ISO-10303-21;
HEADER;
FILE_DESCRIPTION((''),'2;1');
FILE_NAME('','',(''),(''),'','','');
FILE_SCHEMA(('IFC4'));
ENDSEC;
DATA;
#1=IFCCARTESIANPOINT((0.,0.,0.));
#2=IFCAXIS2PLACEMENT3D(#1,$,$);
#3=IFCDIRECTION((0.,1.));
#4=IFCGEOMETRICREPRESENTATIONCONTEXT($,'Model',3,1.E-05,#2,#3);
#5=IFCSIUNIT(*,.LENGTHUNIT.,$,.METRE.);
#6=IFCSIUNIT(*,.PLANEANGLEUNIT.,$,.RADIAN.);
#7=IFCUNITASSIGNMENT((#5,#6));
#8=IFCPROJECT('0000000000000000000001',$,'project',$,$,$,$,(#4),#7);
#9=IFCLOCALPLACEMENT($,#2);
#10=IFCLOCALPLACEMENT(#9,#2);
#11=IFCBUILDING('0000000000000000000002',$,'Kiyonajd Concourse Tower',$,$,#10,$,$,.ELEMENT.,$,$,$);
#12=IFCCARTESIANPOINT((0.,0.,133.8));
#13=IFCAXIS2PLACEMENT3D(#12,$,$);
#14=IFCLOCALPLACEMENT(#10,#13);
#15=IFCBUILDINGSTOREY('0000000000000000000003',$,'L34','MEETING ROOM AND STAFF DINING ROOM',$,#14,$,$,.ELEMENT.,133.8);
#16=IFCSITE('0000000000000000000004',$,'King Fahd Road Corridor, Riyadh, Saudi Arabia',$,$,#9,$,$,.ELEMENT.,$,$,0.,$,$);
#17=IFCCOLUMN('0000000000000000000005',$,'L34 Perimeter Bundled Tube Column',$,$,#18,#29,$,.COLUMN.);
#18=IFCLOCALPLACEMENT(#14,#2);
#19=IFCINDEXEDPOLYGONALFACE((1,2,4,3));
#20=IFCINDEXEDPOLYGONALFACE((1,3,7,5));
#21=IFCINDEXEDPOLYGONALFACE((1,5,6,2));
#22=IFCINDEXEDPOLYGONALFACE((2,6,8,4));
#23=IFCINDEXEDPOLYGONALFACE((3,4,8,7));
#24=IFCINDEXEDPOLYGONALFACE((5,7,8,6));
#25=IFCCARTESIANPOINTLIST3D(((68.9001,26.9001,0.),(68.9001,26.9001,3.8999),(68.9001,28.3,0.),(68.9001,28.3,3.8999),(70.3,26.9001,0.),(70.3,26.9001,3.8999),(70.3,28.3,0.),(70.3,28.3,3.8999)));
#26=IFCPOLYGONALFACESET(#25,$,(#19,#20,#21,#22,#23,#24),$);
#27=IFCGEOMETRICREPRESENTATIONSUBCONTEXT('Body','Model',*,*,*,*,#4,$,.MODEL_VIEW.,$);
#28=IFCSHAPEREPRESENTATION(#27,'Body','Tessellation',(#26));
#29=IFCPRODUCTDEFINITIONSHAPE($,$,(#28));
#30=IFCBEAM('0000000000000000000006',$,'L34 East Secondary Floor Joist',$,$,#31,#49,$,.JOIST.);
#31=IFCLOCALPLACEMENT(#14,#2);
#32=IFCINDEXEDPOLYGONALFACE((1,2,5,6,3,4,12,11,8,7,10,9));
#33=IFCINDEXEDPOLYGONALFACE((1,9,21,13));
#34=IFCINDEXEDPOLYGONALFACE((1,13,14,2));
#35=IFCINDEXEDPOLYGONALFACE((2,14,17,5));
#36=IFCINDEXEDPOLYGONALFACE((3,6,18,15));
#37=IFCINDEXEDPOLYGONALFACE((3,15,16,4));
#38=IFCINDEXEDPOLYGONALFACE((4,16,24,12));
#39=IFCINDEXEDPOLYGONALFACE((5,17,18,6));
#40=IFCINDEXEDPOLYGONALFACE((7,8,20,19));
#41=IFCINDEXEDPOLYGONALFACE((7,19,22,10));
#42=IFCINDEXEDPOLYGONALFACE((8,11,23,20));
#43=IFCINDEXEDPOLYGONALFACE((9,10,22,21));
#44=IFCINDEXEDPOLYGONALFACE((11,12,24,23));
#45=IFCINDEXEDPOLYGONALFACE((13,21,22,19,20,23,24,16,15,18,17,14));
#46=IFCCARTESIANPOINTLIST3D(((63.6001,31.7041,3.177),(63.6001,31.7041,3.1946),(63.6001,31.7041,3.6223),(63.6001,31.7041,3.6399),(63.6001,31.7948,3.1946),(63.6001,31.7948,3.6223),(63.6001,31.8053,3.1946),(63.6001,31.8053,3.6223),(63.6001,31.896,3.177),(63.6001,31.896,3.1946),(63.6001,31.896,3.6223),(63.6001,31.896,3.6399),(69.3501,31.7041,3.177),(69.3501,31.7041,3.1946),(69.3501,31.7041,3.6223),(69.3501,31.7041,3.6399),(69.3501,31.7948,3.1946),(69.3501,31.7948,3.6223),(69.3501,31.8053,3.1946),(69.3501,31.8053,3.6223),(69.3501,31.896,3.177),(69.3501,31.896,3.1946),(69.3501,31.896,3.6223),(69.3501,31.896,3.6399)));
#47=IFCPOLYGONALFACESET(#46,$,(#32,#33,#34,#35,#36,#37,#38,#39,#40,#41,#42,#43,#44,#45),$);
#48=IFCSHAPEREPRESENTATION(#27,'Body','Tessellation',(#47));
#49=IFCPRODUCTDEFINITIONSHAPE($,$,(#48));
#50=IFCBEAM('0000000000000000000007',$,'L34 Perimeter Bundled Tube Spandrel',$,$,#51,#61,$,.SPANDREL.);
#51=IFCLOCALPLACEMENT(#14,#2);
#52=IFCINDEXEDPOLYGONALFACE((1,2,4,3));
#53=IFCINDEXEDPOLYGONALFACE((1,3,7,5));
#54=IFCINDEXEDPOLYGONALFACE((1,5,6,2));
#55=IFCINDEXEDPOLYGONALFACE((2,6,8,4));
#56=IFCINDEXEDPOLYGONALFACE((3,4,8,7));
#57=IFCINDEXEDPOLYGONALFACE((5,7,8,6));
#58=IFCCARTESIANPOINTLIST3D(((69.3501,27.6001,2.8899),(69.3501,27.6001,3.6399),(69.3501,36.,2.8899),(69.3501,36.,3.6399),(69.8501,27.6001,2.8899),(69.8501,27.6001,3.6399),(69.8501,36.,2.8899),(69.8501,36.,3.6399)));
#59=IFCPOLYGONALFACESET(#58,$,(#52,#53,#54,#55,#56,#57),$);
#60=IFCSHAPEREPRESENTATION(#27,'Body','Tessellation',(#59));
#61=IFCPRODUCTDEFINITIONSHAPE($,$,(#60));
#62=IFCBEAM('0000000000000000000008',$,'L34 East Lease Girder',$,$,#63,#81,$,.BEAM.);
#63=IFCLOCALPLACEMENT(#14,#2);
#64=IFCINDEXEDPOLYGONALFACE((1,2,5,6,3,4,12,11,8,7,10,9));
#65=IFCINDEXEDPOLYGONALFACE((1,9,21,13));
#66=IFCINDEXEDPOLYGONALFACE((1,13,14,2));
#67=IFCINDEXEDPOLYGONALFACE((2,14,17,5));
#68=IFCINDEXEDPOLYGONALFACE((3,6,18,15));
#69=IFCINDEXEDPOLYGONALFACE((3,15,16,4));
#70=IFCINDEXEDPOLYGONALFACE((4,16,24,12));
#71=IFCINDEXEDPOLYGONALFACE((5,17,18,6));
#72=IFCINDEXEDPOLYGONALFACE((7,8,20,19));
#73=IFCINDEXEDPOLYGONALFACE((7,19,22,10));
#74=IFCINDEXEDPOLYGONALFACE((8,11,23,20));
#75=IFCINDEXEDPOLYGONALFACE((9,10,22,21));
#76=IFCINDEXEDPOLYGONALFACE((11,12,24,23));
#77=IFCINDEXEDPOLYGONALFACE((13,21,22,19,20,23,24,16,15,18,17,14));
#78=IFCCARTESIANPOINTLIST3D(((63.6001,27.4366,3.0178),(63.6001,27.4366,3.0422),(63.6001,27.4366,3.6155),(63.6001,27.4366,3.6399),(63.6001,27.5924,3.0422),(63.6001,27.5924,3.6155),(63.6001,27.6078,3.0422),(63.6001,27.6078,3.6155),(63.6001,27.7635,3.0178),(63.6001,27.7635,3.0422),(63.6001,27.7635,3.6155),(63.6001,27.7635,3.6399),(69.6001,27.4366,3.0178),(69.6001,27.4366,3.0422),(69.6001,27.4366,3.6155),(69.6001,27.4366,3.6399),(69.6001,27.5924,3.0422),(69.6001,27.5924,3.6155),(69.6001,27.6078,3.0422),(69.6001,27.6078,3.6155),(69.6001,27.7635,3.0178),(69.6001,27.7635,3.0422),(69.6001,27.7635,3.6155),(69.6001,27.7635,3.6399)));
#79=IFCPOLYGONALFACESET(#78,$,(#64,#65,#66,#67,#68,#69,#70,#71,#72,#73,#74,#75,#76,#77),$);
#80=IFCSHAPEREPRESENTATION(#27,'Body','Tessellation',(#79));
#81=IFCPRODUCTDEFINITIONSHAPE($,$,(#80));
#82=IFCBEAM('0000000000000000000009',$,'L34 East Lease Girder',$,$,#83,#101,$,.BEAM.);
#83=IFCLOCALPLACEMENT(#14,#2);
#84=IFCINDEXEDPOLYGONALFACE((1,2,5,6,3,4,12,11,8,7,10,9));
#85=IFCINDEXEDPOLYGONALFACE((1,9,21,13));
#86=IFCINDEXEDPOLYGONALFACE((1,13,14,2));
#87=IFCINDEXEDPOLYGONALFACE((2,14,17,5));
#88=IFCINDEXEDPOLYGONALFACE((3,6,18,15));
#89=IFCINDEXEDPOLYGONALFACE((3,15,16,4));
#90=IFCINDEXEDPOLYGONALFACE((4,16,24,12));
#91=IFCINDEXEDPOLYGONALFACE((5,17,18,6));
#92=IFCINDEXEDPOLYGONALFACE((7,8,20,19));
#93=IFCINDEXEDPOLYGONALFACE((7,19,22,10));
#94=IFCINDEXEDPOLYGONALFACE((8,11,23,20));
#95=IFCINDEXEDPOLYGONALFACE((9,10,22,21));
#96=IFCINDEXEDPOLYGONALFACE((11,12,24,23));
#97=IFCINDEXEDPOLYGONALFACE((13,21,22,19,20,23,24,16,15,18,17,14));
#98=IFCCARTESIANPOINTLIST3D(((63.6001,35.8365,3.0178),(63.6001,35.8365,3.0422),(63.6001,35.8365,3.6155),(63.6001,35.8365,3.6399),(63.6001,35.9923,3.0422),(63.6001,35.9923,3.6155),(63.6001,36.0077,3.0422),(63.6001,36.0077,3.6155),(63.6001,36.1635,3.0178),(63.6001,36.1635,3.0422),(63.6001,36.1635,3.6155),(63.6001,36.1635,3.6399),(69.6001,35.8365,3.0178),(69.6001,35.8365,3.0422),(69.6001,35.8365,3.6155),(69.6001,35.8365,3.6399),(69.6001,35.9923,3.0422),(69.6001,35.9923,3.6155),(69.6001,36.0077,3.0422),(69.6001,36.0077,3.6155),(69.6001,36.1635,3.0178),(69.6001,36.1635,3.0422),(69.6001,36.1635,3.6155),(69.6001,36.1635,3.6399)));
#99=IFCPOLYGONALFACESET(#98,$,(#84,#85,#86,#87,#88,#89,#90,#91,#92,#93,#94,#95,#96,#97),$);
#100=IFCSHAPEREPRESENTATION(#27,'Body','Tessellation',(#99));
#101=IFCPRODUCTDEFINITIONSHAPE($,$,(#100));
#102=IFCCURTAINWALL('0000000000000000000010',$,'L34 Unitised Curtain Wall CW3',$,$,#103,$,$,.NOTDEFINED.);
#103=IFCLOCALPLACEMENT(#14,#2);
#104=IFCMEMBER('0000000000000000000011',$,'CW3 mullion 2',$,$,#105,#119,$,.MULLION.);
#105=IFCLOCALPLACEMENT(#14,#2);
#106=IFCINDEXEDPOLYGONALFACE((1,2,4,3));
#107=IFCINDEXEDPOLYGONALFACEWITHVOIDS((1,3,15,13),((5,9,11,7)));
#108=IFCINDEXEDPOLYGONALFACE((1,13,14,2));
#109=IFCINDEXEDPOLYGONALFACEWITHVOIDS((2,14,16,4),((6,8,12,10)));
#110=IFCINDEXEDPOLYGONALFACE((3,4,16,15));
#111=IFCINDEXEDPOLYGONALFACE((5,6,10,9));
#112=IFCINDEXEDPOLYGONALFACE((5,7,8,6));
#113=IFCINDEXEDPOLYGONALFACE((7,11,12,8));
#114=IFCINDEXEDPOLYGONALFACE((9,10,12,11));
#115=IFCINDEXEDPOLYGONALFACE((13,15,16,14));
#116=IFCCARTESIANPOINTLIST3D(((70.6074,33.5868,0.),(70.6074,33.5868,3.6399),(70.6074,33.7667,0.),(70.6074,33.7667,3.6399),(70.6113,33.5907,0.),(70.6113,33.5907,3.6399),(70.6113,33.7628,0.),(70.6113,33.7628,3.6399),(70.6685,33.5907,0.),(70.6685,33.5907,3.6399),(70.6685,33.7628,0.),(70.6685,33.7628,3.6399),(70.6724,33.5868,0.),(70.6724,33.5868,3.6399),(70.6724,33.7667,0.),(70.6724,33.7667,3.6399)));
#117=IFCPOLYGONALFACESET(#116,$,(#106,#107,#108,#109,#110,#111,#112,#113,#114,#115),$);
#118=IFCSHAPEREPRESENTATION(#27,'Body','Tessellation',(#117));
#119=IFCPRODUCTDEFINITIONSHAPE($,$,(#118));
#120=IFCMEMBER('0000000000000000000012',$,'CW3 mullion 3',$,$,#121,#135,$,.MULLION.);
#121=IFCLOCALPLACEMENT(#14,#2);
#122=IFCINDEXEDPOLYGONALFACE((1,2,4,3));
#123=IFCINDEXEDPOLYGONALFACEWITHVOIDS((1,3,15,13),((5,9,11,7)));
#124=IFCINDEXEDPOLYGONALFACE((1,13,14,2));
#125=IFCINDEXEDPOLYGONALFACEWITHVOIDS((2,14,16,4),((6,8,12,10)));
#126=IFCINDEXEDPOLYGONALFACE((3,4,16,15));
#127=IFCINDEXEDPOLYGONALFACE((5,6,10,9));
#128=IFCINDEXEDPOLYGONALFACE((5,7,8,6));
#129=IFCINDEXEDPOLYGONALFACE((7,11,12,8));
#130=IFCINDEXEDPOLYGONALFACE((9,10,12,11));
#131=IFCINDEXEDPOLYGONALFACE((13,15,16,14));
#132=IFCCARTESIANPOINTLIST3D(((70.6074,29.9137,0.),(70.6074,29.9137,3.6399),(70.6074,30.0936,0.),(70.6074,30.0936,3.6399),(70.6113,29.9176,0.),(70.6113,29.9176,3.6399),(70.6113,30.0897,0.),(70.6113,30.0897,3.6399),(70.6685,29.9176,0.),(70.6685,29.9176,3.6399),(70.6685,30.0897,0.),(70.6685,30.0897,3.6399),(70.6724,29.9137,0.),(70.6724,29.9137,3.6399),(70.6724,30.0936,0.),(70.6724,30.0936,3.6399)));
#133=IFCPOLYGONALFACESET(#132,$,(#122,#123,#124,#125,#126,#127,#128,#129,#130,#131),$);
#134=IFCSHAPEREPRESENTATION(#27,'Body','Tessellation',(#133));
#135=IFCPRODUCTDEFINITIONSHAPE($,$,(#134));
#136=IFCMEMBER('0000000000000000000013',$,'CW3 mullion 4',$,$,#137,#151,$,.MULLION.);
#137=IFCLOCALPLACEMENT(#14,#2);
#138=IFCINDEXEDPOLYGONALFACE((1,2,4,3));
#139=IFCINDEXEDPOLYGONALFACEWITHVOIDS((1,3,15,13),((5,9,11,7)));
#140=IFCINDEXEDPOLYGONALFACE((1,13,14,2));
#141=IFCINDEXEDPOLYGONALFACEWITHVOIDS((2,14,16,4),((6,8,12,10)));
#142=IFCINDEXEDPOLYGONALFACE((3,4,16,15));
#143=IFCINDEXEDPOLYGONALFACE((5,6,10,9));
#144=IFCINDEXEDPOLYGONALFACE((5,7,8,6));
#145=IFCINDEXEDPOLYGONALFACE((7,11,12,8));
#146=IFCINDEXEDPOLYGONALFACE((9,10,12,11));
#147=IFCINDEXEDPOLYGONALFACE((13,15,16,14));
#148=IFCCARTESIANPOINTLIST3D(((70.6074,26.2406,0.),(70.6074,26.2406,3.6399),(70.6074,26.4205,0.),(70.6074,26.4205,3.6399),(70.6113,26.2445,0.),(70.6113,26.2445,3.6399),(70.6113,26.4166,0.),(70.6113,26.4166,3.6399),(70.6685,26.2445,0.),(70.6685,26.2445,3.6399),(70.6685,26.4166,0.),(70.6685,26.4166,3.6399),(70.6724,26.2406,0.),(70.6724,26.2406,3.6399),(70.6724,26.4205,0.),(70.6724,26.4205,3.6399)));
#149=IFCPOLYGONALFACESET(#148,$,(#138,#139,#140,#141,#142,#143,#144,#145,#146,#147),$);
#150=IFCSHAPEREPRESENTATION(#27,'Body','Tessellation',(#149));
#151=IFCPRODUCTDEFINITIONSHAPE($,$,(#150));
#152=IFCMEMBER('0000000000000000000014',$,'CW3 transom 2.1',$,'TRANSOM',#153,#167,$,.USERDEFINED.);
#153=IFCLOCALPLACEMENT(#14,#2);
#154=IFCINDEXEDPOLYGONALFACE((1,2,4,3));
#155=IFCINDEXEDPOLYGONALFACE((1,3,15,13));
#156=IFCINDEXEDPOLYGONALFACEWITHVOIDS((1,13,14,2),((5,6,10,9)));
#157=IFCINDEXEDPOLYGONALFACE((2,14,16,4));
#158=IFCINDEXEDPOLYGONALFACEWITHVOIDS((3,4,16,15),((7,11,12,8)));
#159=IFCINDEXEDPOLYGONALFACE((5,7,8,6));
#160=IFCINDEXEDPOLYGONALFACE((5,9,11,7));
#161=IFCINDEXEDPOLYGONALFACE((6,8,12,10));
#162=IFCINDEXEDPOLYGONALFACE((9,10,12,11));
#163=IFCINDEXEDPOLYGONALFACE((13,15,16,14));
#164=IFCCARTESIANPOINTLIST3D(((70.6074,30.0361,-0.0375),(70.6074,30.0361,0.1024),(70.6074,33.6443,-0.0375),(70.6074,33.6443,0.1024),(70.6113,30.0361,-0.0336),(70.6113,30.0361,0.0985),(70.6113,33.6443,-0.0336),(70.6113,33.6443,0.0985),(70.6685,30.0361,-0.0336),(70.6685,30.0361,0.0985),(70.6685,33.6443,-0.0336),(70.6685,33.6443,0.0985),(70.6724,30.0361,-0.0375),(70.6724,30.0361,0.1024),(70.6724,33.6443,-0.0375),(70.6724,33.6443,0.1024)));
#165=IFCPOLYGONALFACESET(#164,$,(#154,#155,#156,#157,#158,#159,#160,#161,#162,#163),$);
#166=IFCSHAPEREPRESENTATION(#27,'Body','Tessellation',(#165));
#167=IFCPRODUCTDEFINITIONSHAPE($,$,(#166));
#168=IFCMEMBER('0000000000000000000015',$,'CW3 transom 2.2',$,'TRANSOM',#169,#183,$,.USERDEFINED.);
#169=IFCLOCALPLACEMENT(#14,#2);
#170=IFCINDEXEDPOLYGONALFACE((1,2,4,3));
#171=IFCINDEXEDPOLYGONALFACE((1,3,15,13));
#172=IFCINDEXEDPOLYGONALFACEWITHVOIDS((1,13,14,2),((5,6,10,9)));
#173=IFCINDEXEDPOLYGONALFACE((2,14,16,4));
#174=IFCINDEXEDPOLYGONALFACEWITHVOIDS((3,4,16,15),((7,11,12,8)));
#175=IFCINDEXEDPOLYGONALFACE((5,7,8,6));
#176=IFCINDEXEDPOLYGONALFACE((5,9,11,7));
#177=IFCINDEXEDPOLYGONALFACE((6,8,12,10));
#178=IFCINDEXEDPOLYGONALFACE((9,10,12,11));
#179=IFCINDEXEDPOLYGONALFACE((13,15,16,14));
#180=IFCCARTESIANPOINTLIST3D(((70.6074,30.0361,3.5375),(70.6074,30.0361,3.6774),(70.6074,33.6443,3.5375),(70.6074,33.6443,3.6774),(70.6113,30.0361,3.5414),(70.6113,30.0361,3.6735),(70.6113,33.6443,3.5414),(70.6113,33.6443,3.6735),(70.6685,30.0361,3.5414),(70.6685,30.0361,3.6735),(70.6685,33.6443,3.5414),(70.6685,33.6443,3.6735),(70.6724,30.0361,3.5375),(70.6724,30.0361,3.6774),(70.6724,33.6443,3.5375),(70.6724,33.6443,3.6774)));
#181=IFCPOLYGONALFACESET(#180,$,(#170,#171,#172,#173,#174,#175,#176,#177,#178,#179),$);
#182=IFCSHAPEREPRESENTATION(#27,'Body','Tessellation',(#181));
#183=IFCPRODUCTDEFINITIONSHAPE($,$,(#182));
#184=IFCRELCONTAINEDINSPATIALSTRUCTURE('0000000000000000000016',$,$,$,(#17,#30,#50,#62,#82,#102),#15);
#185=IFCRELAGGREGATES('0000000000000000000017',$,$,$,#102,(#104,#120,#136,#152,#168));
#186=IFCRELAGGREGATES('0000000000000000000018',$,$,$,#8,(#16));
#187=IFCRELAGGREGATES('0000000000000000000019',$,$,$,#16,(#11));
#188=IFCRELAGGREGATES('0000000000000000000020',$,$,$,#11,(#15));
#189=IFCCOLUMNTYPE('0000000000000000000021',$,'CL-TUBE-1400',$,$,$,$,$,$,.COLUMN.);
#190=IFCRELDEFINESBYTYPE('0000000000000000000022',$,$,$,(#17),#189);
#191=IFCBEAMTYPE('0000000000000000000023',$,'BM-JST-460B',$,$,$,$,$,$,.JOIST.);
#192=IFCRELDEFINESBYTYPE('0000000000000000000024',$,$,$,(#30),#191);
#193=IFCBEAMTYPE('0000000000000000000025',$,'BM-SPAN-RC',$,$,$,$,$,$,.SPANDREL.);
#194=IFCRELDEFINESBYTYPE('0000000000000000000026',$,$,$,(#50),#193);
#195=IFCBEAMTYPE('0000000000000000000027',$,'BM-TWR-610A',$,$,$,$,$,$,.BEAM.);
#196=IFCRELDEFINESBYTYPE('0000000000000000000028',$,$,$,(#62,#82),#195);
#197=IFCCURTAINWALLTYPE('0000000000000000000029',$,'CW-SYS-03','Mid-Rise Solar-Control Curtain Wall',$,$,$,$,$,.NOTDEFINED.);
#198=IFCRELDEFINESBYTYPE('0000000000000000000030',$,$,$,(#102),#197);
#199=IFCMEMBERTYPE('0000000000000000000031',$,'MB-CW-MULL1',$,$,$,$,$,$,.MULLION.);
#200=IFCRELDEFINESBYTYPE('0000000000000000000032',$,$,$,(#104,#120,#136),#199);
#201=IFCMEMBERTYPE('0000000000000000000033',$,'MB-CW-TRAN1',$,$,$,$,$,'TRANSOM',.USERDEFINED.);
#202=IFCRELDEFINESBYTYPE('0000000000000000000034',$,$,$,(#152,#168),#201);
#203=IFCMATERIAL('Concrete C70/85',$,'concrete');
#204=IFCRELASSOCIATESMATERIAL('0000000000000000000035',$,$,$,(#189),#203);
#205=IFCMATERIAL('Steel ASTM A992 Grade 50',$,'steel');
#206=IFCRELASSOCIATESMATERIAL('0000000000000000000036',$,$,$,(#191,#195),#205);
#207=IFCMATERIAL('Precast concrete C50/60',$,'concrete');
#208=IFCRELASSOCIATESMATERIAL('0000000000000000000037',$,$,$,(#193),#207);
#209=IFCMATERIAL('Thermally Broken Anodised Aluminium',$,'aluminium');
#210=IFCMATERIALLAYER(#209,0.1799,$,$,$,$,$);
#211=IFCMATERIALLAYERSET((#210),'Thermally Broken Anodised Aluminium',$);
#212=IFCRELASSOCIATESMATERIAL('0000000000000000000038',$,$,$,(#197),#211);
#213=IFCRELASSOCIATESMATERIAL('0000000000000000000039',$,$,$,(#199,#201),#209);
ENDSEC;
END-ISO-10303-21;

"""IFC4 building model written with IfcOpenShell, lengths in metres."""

from ifc_helpers import new_model, si_unit, direction, frame, origin, origin_2d, place, context, subcontext, project, spatial, rectangle, hollow_rectangle, i_section, extrude, material, layer, layer_set, material_profile, profile_set, type_object, element, aggregate, save


model = new_model("IFC4")

# Units and contexts
model_context = context("Model", 3, precision=1e-05, world=origin(), true_north=direction((0.0, 1.0)))
body_context = subcontext(model_context, "Body", "Model", "MODEL_VIEW")
ifc_project = project(units=[si_unit("LENGTHUNIT", "METRE"), si_unit("PLANEANGLEUNIT", "RADIAN")], contexts=[model_context])

# Site, building, storey
site_placement = place(None, origin())
site = spatial("IfcSite", under=ifc_project, at=site_placement, Name="King Fahd Road Corridor, Riyadh, Saudi Arabia", CompositionType="ELEMENT", RefElevation=0.0)
building_placement = place(site_placement, origin())
building = spatial("IfcBuilding", under=site, at=building_placement, Name="Kiyonajd Concourse Tower", CompositionType="ELEMENT")
storey_placement = place(building_placement, frame((0.0, 0.0, 133.8)))
storey = spatial("IfcBuildingStorey", under=building, at=storey_placement, Name="L34", Description="MEETING ROOM AND STAFF DINING ROOM", CompositionType="ELEMENT", Elevation=133.8)

# Column
ifc_material_1 = material(Name="Concrete C70/85", Category="concrete")
ifc_material_profile_1 = material_profile(ifc_material_1, rectangle(XDim=1.3999, YDim=1.3999, at=origin_2d()), Name="RC-1400x1400")
ifc_profile_set_1 = profile_set([ifc_material_profile_1], Name="Concrete C70/85")
column_type = type_object("IfcColumnType", Name="CL-TUBE-1400", PredefinedType="COLUMN", material=ifc_profile_set_1)
column_placement = place(storey_placement, frame((69.6001, 27.6001, 0.0), z_axis=(0.0, 0.0, 1.0), x_axis=(1.0, 0.0, 0.0)))
element("IfcColumn", 1, at=column_placement, inside=storey, type_object=column_type, Name="L34 Perimeter Bundled Tube Column", PredefinedType="COLUMN", context=body_context, shape_type="SweptSolid", body=[
    extrude(rectangle(XDim=1.3999, YDim=1.3999, at=origin_2d()), origin(), (0.0, 0.0, 1.0), 3.8999),
])

# Beams
ifc_material_2 = material(Name="Steel ASTM A992 Grade 50", Category="steel")
ifc_material_profile_2 = material_profile(ifc_material_2, i_section(OverallWidth=0.1919, OverallDepth=0.4629, WebThickness=0.0105, FlangeThickness=0.0176, at=origin_2d()), Name="W460X89")
ifc_profile_set_2 = profile_set([ifc_material_profile_2], Name="Steel ASTM A992 Grade 50")
beam_type_1 = type_object("IfcBeamType", Name="BM-JST-460B", PredefinedType="JOIST", material=ifc_profile_set_2)
beam_1_placement = place(storey_placement, frame((63.6001, 31.8, 3.4084), z_axis=(1.0, 0.0, 0.0), x_axis=(0.0, 1.0, 0.0)))
element("IfcBeam", 2, at=beam_1_placement, inside=storey, type_object=beam_type_1, Name="L34 East Secondary Floor Joist", PredefinedType="JOIST", context=body_context, shape_type="SweptSolid", body=[
    extrude(i_section(OverallWidth=0.1919, OverallDepth=0.4629, WebThickness=0.0105, FlangeThickness=0.0176, at=origin_2d()), origin(), (0.0, 0.0, 1.0), 5.75),
])
ifc_material_3 = material(Name="Precast concrete C50/60", Category="concrete")
ifc_material_profile_3 = material_profile(ifc_material_3, rectangle(XDim=0.5, YDim=0.75, at=origin_2d()), Name="RCBM-500x750")
ifc_profile_set_3 = profile_set([ifc_material_profile_3], Name="Precast concrete C50/60")
beam_type_2 = type_object("IfcBeamType", Name="BM-SPAN-RC", PredefinedType="SPANDREL", material=ifc_profile_set_3)
beam_2_placement = place(storey_placement, frame((69.6001, 27.6001, 3.2649), z_axis=(0.0, 1.0, 0.0), x_axis=(-1.0, 0.0, 0.0)))
element("IfcBeam", 3, at=beam_2_placement, inside=storey, type_object=beam_type_2, Name="L34 Perimeter Bundled Tube Spandrel", PredefinedType="SPANDREL", context=body_context, shape_type="SweptSolid", body=[
    extrude(rectangle(XDim=0.5, YDim=0.75, at=origin_2d()), origin(), (0.0, 0.0, 1.0), 8.3999),
])
ifc_material_profile_4 = material_profile(ifc_material_2, i_section(OverallWidth=0.3269, OverallDepth=0.6221, WebThickness=0.0154, FlangeThickness=0.0244, at=origin_2d()), Name="W610X195")
ifc_profile_set_4 = profile_set([ifc_material_profile_4], Name="Steel ASTM A992 Grade 50")
beam_type_3 = type_object("IfcBeamType", Name="BM-TWR-610A", PredefinedType="BEAM", material=ifc_profile_set_4)
for number, where, z_axis, x_axis, name in (
    (4, (63.6001, 27.6001, 3.3289), (1.0, 0.0, 0.0), (0.0, 1.0, 0.0), "L34 East Lease Girder"),
    (5, (63.6001, 36.0, 3.3289), (1.0, 0.0, 0.0), (0.0, 1.0, 0.0), "L34 East Lease Girder"),
):
    element("IfcBeam", number, at=place(storey_placement, frame(where, z_axis=z_axis, x_axis=x_axis)), inside=storey, type_object=beam_type_3, Name=name, PredefinedType="BEAM", context=body_context, shape_type="SweptSolid", body=[
        extrude(i_section(OverallWidth=0.3269, OverallDepth=0.6221, WebThickness=0.0154, FlangeThickness=0.0244, at=origin_2d()), origin(), (0.0, 0.0, 1.0), 6.0),
    ])

# Curtain wall, members
ifc_material_4 = material(Name="Thermally Broken Anodised Aluminium", Category="aluminium")
ifc_layer_1 = layer(ifc_material_4, 0.1799)
ifc_layer_set_1 = layer_set([ifc_layer_1], Name="Thermally Broken Anodised Aluminium")
curtain_wall_type = type_object("IfcCurtainWallType", Name="CW-SYS-03", Description="Mid-Rise Solar-Control Curtain Wall", PredefinedType="NOTDEFINED", material=ifc_layer_set_1)
curtain_wall_placement = place(storey_placement, origin())
curtain_wall = element("IfcCurtainWall", 6, at=curtain_wall_placement, inside=storey, type_object=curtain_wall_type, Name="L34 Unitised Curtain Wall CW3", PredefinedType="NOTDEFINED")
ifc_material_profile_5 = material_profile(ifc_material_4, hollow_rectangle(XDim=0.0649, YDim=0.1799, WallThickness=0.0039, at=origin_2d()), Name="MULL-65x180")
ifc_profile_set_5 = profile_set([ifc_material_profile_5], Name="Thermally Broken Anodised Aluminium")
member_type_1 = type_object("IfcMemberType", Name="MB-CW-MULL1", PredefinedType="MULLION", material=ifc_profile_set_5)
member_1_placement = place(storey_placement, frame((70.6399, 33.6768, 0.0), z_axis=(0.0, 0.0, 1.0), x_axis=(1.0, 0.0, 0.0)))
member_1 = element("IfcMember", 7, at=member_1_placement, type_object=member_type_1, Name="CW3 mullion 2", PredefinedType="MULLION", context=body_context, shape_type="SweptSolid", body=[
    extrude(hollow_rectangle(XDim=0.0649, YDim=0.1799, WallThickness=0.0039, at=origin_2d()), origin(), (0.0, 0.0, 1.0), 3.6399),
])
member_2_placement = place(storey_placement, frame((70.6399, 30.0037, 0.0), z_axis=(0.0, 0.0, 1.0), x_axis=(1.0, 0.0, 0.0)))
member_2 = element("IfcMember", 8, at=member_2_placement, type_object=member_type_1, Name="CW3 mullion 3", PredefinedType="MULLION", context=body_context, shape_type="SweptSolid", body=[
    extrude(hollow_rectangle(XDim=0.0649, YDim=0.1799, WallThickness=0.0039, at=origin_2d()), origin(), (0.0, 0.0, 1.0), 3.6399),
])
member_3_placement = place(storey_placement, frame((70.6399, 26.3306, 0.0), z_axis=(0.0, 0.0, 1.0), x_axis=(1.0, 0.0, 0.0)))
member_3 = element("IfcMember", 9, at=member_3_placement, type_object=member_type_1, Name="CW3 mullion 4", PredefinedType="MULLION", context=body_context, shape_type="SweptSolid", body=[
    extrude(hollow_rectangle(XDim=0.0649, YDim=0.1799, WallThickness=0.0039, at=origin_2d()), origin(), (0.0, 0.0, 1.0), 3.6399),
])
ifc_material_profile_6 = material_profile(ifc_material_4, hollow_rectangle(XDim=0.0649, YDim=0.1399, WallThickness=0.0039, at=origin_2d()), Name="TRAN-65x140")
ifc_profile_set_6 = profile_set([ifc_material_profile_6], Name="Thermally Broken Anodised Aluminium")
member_type_2 = type_object("IfcMemberType", Name="MB-CW-TRAN1", ElementType="TRANSOM", PredefinedType="USERDEFINED", material=ifc_profile_set_6)
member_4_placement = place(storey_placement, frame((70.6399, 33.6443, 0.0325), z_axis=(0.0, -1.0, 0.0), x_axis=(1.0, 0.0, 0.0)))
member_4 = element("IfcMember", 10, at=member_4_placement, type_object=member_type_2, Name="CW3 transom 2.1", ObjectType="TRANSOM", PredefinedType="USERDEFINED", context=body_context, shape_type="SweptSolid", body=[
    extrude(hollow_rectangle(XDim=0.0649, YDim=0.1399, WallThickness=0.0039, at=origin_2d()), origin(), (0.0, 0.0, 1.0), 3.6082),
])
member_5_placement = place(storey_placement, frame((70.6399, 33.6443, 3.6074), z_axis=(0.0, -1.0, 0.0), x_axis=(1.0, 0.0, 0.0)))
member_5 = element("IfcMember", 11, at=member_5_placement, type_object=member_type_2, Name="CW3 transom 2.2", ObjectType="TRANSOM", PredefinedType="USERDEFINED", context=body_context, shape_type="SweptSolid", body=[
    extrude(hollow_rectangle(XDim=0.0649, YDim=0.1399, WallThickness=0.0039, at=origin_2d()), origin(), (0.0, 0.0, 1.0), 3.6082),
])
aggregate(curtain_wall, [member_1, member_2, member_3, member_4, member_5])

save(model, "model.ifc")
